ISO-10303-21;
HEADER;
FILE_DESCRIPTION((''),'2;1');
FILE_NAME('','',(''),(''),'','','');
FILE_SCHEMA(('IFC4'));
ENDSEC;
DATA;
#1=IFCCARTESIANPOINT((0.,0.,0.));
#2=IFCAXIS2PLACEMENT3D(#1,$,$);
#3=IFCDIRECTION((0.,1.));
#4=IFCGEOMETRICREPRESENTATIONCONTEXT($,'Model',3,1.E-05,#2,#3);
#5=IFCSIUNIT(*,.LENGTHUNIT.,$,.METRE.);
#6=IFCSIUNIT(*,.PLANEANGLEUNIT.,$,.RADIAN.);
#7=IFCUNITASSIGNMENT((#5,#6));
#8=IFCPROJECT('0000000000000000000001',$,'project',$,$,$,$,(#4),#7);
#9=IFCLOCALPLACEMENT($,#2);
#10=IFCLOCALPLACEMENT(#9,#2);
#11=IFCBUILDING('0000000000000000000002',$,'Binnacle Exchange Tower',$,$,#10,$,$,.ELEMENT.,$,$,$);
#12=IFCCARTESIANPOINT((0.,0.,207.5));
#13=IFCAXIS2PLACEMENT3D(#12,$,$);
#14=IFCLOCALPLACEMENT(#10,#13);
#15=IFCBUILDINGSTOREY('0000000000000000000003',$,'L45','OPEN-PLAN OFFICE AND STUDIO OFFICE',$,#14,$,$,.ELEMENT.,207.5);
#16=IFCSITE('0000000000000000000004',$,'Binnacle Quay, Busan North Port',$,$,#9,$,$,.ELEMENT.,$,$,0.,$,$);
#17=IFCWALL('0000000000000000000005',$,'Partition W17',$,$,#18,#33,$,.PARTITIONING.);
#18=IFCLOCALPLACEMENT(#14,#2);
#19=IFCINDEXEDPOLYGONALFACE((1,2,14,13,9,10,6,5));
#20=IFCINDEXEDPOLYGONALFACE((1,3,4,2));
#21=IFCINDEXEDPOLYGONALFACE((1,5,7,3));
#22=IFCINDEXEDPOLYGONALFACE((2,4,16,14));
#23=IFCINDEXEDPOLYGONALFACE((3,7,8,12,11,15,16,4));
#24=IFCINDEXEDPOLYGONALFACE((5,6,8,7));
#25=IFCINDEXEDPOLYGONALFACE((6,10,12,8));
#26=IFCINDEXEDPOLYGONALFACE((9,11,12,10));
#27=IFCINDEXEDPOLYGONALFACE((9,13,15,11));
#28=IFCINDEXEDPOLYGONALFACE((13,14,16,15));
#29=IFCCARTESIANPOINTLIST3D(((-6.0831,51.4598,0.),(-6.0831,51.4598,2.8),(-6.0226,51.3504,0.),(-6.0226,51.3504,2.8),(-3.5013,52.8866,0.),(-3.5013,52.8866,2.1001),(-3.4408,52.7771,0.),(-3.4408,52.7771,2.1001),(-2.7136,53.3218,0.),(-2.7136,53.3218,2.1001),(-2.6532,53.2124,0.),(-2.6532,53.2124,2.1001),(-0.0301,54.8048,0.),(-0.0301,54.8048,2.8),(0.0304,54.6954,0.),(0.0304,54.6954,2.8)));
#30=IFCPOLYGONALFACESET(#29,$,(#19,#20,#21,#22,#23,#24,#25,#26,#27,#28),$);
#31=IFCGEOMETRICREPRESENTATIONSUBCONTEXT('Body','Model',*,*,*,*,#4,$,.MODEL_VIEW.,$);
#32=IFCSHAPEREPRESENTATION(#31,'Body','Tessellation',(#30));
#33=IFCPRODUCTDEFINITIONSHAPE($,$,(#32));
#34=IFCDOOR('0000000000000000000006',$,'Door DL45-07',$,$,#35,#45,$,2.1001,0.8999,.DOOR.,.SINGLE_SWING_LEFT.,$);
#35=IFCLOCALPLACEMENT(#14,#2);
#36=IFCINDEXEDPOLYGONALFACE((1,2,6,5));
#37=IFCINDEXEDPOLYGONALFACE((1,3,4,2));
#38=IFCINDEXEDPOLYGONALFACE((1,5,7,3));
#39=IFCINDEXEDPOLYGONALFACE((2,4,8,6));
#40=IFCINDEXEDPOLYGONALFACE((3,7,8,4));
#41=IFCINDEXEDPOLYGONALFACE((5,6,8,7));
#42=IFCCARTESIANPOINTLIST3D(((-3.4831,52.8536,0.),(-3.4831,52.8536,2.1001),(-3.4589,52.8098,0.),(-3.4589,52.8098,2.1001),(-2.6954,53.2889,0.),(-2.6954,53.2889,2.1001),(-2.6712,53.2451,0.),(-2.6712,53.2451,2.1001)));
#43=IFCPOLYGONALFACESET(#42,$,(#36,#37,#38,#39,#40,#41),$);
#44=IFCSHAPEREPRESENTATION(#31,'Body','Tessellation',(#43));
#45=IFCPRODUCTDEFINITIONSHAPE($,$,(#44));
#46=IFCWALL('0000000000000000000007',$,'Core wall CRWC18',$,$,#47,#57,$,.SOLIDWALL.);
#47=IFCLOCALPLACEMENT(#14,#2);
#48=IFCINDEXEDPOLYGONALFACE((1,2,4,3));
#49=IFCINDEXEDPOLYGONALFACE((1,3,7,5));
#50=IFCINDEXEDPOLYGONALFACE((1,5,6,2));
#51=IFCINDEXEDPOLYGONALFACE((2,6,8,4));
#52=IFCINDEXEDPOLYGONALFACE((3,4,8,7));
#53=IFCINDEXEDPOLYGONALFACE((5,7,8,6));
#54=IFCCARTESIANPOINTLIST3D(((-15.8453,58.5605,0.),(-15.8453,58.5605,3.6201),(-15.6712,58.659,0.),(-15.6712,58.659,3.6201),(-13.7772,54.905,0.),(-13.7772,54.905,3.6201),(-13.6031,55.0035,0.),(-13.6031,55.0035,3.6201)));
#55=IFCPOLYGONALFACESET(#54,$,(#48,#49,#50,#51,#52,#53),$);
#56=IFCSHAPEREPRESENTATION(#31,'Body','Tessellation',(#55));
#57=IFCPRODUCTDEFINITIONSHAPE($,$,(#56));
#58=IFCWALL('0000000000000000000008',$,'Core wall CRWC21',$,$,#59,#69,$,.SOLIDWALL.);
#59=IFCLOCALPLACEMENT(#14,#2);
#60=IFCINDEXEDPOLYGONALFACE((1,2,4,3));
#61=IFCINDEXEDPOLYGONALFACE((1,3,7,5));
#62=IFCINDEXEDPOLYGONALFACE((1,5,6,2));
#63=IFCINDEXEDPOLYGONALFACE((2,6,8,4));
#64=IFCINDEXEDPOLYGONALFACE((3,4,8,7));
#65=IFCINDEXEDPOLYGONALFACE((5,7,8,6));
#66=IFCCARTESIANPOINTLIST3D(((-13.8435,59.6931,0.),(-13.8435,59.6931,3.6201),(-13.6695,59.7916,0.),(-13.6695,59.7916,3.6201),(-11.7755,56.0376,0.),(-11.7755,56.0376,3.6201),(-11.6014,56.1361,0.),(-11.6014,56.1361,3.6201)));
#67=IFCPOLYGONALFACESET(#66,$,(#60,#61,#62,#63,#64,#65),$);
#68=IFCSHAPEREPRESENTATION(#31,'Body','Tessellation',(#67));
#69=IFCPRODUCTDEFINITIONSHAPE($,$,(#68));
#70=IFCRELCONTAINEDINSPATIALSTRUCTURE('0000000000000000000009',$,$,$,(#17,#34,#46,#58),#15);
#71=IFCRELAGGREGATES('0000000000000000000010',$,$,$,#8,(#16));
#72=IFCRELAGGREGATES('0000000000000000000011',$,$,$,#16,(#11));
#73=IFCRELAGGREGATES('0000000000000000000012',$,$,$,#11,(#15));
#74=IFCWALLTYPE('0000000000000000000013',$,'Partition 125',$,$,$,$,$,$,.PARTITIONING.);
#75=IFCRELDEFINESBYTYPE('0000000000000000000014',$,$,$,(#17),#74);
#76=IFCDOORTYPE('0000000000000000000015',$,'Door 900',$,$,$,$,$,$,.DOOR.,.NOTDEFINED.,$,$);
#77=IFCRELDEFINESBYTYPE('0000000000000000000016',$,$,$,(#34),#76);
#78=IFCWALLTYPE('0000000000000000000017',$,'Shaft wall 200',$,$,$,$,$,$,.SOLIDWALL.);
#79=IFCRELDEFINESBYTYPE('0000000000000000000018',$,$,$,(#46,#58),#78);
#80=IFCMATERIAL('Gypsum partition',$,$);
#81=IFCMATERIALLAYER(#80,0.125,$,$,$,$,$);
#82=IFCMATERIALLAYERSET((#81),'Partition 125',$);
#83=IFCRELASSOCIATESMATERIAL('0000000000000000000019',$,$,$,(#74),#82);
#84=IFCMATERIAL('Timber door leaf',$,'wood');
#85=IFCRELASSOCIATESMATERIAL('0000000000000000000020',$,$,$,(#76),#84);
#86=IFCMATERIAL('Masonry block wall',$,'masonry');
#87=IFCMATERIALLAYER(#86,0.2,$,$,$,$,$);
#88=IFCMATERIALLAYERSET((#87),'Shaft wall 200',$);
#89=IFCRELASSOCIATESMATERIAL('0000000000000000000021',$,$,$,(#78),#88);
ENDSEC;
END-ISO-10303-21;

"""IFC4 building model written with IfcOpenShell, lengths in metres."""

from ifc_helpers import new_model, si_unit, direction, frame, frame_2d, origin, place, context, subcontext, project, spatial, rectangle, extrude, material, layer, layer_set, type_object, element, fill, save


model = new_model("IFC4")

# Units and contexts
model_context = context("Model", 3, precision=1e-05, world=origin(), true_north=direction((0.0, 1.0)))
body_context = subcontext(model_context, "Body", "Model", "MODEL_VIEW")
ifc_project = project(units=[si_unit("LENGTHUNIT", "METRE"), si_unit("PLANEANGLEUNIT", "RADIAN")], contexts=[model_context])

# Site, building, storey
site_placement = place(None, origin())
site = spatial("IfcSite", under=ifc_project, at=site_placement, Name="Binnacle Quay, Busan North Port", CompositionType="ELEMENT", RefElevation=0.0)
building_placement = place(site_placement, origin())
building = spatial("IfcBuilding", under=site, at=building_placement, Name="Binnacle Exchange Tower", CompositionType="ELEMENT")
storey_placement = place(building_placement, frame((0.0, 0.0, 207.5)))
storey = spatial("IfcBuildingStorey", under=building, at=storey_placement, Name="L45", Description="OPEN-PLAN OFFICE AND STUDIO OFFICE", CompositionType="ELEMENT", Elevation=207.5)

# Wall, opening, door
ifc_material_1 = material(Name="Gypsum partition")
ifc_layer_1 = layer(ifc_material_1, 0.125)
ifc_layer_set_1 = layer_set([ifc_layer_1], Name="Partition 125")
wall_type_1 = type_object("IfcWallType", Name="Partition 125", PredefinedType="PARTITIONING", material=ifc_layer_set_1)
wall_1_placement = place(storey_placement, frame((-6.053, 51.405, 0.0), z_axis=(0.0, 0.0, 1.0), x_axis=(0.875247, 0.483675, 0.0)))
wall_1 = element("IfcWall", 1, at=wall_1_placement, inside=storey, type_object=wall_type_1, Name="Partition W17", PredefinedType="PARTITIONING", context=body_context, shape_type="SweptSolid", body=[
    extrude(rectangle(XDim=6.9158, YDim=0.125, at=frame_2d((3.458, 0.0))), origin(), (0.0, 0.0, 1.0), 2.8),
])
opening_1_placement = place(wall_1_placement, frame((2.95, 0.0, 0.0)))
opening_1 = element("IfcOpeningElement", 2, at=opening_1_placement, cuts=wall_1, PredefinedType="OPENING", context=body_context, shape_type="SweptSolid", body=[
    extrude(rectangle(XDim=0.8999, YDim=2.1001, at=frame_2d((0.45, 1.05))), frame((0.0, 0.0725, 0.0), z_axis=(0.0, -1.0, 0.0), x_axis=(1.0, 0.0, 0.0)), (0.0, 0.0, 1.0), 0.145),
])
ifc_material_2 = material(Name="Timber door leaf", Category="wood")
door_type_1 = type_object("IfcDoorType", Name="Door 900", OperationType="NOTDEFINED", PredefinedType="DOOR", material=ifc_material_2)
door_1_placement = place(opening_1_placement, origin())
door_1 = element("IfcDoor", 3, at=door_1_placement, inside=storey, type_object=door_type_1, Name="Door DL45-07", OperationType="SINGLE_SWING_LEFT", OverallHeight=2.1001, OverallWidth=0.8999, PredefinedType="DOOR", context=body_context, shape_type="SweptSolid", body=[
    extrude(rectangle(XDim=0.8999, YDim=2.1001, at=frame_2d((0.45, 1.05))), frame((0.0, 0.0249, 0.0), z_axis=(0.0, -1.0, 0.0), x_axis=(1.0, 0.0, 0.0)), (0.0, 0.0, 1.0), 0.05),
])
fill(opening_1, door_1)

# Walls
ifc_material_3 = material(Name="Masonry block wall", Category="masonry")
ifc_layer_2 = layer(ifc_material_3, 0.2)
ifc_layer_set_2 = layer_set([ifc_layer_2], Name="Shaft wall 200")
wall_type_2 = type_object("IfcWallType", Name="Shaft wall 200", PredefinedType="SOLIDWALL", material=ifc_layer_set_2)
for number, where, z_axis, x_axis, name in (
    (4, (-15.7583, 58.6099, 0.0), (0.0, 0.0, 1.0), (0.49241, -0.870364, 0.0), "Core wall CRWC18"),
    (5, (-13.7566, 59.7424, 0.0), (0.0, 0.0, 1.0), (0.49241, -0.870364, 0.0), "Core wall CRWC21"),
):
    element("IfcWall", number, at=place(storey_placement, frame(where, z_axis=z_axis, x_axis=x_axis)), inside=storey, type_object=wall_type_2, Name=name, PredefinedType="SOLIDWALL", context=body_context, shape_type="SweptSolid", body=[
        extrude(rectangle(XDim=4.2, YDim=0.2, at=frame_2d((2.1001, 0.0))), origin(), (0.0, 0.0, 1.0), 3.6201),
    ])

save(model, "model.ifc")
